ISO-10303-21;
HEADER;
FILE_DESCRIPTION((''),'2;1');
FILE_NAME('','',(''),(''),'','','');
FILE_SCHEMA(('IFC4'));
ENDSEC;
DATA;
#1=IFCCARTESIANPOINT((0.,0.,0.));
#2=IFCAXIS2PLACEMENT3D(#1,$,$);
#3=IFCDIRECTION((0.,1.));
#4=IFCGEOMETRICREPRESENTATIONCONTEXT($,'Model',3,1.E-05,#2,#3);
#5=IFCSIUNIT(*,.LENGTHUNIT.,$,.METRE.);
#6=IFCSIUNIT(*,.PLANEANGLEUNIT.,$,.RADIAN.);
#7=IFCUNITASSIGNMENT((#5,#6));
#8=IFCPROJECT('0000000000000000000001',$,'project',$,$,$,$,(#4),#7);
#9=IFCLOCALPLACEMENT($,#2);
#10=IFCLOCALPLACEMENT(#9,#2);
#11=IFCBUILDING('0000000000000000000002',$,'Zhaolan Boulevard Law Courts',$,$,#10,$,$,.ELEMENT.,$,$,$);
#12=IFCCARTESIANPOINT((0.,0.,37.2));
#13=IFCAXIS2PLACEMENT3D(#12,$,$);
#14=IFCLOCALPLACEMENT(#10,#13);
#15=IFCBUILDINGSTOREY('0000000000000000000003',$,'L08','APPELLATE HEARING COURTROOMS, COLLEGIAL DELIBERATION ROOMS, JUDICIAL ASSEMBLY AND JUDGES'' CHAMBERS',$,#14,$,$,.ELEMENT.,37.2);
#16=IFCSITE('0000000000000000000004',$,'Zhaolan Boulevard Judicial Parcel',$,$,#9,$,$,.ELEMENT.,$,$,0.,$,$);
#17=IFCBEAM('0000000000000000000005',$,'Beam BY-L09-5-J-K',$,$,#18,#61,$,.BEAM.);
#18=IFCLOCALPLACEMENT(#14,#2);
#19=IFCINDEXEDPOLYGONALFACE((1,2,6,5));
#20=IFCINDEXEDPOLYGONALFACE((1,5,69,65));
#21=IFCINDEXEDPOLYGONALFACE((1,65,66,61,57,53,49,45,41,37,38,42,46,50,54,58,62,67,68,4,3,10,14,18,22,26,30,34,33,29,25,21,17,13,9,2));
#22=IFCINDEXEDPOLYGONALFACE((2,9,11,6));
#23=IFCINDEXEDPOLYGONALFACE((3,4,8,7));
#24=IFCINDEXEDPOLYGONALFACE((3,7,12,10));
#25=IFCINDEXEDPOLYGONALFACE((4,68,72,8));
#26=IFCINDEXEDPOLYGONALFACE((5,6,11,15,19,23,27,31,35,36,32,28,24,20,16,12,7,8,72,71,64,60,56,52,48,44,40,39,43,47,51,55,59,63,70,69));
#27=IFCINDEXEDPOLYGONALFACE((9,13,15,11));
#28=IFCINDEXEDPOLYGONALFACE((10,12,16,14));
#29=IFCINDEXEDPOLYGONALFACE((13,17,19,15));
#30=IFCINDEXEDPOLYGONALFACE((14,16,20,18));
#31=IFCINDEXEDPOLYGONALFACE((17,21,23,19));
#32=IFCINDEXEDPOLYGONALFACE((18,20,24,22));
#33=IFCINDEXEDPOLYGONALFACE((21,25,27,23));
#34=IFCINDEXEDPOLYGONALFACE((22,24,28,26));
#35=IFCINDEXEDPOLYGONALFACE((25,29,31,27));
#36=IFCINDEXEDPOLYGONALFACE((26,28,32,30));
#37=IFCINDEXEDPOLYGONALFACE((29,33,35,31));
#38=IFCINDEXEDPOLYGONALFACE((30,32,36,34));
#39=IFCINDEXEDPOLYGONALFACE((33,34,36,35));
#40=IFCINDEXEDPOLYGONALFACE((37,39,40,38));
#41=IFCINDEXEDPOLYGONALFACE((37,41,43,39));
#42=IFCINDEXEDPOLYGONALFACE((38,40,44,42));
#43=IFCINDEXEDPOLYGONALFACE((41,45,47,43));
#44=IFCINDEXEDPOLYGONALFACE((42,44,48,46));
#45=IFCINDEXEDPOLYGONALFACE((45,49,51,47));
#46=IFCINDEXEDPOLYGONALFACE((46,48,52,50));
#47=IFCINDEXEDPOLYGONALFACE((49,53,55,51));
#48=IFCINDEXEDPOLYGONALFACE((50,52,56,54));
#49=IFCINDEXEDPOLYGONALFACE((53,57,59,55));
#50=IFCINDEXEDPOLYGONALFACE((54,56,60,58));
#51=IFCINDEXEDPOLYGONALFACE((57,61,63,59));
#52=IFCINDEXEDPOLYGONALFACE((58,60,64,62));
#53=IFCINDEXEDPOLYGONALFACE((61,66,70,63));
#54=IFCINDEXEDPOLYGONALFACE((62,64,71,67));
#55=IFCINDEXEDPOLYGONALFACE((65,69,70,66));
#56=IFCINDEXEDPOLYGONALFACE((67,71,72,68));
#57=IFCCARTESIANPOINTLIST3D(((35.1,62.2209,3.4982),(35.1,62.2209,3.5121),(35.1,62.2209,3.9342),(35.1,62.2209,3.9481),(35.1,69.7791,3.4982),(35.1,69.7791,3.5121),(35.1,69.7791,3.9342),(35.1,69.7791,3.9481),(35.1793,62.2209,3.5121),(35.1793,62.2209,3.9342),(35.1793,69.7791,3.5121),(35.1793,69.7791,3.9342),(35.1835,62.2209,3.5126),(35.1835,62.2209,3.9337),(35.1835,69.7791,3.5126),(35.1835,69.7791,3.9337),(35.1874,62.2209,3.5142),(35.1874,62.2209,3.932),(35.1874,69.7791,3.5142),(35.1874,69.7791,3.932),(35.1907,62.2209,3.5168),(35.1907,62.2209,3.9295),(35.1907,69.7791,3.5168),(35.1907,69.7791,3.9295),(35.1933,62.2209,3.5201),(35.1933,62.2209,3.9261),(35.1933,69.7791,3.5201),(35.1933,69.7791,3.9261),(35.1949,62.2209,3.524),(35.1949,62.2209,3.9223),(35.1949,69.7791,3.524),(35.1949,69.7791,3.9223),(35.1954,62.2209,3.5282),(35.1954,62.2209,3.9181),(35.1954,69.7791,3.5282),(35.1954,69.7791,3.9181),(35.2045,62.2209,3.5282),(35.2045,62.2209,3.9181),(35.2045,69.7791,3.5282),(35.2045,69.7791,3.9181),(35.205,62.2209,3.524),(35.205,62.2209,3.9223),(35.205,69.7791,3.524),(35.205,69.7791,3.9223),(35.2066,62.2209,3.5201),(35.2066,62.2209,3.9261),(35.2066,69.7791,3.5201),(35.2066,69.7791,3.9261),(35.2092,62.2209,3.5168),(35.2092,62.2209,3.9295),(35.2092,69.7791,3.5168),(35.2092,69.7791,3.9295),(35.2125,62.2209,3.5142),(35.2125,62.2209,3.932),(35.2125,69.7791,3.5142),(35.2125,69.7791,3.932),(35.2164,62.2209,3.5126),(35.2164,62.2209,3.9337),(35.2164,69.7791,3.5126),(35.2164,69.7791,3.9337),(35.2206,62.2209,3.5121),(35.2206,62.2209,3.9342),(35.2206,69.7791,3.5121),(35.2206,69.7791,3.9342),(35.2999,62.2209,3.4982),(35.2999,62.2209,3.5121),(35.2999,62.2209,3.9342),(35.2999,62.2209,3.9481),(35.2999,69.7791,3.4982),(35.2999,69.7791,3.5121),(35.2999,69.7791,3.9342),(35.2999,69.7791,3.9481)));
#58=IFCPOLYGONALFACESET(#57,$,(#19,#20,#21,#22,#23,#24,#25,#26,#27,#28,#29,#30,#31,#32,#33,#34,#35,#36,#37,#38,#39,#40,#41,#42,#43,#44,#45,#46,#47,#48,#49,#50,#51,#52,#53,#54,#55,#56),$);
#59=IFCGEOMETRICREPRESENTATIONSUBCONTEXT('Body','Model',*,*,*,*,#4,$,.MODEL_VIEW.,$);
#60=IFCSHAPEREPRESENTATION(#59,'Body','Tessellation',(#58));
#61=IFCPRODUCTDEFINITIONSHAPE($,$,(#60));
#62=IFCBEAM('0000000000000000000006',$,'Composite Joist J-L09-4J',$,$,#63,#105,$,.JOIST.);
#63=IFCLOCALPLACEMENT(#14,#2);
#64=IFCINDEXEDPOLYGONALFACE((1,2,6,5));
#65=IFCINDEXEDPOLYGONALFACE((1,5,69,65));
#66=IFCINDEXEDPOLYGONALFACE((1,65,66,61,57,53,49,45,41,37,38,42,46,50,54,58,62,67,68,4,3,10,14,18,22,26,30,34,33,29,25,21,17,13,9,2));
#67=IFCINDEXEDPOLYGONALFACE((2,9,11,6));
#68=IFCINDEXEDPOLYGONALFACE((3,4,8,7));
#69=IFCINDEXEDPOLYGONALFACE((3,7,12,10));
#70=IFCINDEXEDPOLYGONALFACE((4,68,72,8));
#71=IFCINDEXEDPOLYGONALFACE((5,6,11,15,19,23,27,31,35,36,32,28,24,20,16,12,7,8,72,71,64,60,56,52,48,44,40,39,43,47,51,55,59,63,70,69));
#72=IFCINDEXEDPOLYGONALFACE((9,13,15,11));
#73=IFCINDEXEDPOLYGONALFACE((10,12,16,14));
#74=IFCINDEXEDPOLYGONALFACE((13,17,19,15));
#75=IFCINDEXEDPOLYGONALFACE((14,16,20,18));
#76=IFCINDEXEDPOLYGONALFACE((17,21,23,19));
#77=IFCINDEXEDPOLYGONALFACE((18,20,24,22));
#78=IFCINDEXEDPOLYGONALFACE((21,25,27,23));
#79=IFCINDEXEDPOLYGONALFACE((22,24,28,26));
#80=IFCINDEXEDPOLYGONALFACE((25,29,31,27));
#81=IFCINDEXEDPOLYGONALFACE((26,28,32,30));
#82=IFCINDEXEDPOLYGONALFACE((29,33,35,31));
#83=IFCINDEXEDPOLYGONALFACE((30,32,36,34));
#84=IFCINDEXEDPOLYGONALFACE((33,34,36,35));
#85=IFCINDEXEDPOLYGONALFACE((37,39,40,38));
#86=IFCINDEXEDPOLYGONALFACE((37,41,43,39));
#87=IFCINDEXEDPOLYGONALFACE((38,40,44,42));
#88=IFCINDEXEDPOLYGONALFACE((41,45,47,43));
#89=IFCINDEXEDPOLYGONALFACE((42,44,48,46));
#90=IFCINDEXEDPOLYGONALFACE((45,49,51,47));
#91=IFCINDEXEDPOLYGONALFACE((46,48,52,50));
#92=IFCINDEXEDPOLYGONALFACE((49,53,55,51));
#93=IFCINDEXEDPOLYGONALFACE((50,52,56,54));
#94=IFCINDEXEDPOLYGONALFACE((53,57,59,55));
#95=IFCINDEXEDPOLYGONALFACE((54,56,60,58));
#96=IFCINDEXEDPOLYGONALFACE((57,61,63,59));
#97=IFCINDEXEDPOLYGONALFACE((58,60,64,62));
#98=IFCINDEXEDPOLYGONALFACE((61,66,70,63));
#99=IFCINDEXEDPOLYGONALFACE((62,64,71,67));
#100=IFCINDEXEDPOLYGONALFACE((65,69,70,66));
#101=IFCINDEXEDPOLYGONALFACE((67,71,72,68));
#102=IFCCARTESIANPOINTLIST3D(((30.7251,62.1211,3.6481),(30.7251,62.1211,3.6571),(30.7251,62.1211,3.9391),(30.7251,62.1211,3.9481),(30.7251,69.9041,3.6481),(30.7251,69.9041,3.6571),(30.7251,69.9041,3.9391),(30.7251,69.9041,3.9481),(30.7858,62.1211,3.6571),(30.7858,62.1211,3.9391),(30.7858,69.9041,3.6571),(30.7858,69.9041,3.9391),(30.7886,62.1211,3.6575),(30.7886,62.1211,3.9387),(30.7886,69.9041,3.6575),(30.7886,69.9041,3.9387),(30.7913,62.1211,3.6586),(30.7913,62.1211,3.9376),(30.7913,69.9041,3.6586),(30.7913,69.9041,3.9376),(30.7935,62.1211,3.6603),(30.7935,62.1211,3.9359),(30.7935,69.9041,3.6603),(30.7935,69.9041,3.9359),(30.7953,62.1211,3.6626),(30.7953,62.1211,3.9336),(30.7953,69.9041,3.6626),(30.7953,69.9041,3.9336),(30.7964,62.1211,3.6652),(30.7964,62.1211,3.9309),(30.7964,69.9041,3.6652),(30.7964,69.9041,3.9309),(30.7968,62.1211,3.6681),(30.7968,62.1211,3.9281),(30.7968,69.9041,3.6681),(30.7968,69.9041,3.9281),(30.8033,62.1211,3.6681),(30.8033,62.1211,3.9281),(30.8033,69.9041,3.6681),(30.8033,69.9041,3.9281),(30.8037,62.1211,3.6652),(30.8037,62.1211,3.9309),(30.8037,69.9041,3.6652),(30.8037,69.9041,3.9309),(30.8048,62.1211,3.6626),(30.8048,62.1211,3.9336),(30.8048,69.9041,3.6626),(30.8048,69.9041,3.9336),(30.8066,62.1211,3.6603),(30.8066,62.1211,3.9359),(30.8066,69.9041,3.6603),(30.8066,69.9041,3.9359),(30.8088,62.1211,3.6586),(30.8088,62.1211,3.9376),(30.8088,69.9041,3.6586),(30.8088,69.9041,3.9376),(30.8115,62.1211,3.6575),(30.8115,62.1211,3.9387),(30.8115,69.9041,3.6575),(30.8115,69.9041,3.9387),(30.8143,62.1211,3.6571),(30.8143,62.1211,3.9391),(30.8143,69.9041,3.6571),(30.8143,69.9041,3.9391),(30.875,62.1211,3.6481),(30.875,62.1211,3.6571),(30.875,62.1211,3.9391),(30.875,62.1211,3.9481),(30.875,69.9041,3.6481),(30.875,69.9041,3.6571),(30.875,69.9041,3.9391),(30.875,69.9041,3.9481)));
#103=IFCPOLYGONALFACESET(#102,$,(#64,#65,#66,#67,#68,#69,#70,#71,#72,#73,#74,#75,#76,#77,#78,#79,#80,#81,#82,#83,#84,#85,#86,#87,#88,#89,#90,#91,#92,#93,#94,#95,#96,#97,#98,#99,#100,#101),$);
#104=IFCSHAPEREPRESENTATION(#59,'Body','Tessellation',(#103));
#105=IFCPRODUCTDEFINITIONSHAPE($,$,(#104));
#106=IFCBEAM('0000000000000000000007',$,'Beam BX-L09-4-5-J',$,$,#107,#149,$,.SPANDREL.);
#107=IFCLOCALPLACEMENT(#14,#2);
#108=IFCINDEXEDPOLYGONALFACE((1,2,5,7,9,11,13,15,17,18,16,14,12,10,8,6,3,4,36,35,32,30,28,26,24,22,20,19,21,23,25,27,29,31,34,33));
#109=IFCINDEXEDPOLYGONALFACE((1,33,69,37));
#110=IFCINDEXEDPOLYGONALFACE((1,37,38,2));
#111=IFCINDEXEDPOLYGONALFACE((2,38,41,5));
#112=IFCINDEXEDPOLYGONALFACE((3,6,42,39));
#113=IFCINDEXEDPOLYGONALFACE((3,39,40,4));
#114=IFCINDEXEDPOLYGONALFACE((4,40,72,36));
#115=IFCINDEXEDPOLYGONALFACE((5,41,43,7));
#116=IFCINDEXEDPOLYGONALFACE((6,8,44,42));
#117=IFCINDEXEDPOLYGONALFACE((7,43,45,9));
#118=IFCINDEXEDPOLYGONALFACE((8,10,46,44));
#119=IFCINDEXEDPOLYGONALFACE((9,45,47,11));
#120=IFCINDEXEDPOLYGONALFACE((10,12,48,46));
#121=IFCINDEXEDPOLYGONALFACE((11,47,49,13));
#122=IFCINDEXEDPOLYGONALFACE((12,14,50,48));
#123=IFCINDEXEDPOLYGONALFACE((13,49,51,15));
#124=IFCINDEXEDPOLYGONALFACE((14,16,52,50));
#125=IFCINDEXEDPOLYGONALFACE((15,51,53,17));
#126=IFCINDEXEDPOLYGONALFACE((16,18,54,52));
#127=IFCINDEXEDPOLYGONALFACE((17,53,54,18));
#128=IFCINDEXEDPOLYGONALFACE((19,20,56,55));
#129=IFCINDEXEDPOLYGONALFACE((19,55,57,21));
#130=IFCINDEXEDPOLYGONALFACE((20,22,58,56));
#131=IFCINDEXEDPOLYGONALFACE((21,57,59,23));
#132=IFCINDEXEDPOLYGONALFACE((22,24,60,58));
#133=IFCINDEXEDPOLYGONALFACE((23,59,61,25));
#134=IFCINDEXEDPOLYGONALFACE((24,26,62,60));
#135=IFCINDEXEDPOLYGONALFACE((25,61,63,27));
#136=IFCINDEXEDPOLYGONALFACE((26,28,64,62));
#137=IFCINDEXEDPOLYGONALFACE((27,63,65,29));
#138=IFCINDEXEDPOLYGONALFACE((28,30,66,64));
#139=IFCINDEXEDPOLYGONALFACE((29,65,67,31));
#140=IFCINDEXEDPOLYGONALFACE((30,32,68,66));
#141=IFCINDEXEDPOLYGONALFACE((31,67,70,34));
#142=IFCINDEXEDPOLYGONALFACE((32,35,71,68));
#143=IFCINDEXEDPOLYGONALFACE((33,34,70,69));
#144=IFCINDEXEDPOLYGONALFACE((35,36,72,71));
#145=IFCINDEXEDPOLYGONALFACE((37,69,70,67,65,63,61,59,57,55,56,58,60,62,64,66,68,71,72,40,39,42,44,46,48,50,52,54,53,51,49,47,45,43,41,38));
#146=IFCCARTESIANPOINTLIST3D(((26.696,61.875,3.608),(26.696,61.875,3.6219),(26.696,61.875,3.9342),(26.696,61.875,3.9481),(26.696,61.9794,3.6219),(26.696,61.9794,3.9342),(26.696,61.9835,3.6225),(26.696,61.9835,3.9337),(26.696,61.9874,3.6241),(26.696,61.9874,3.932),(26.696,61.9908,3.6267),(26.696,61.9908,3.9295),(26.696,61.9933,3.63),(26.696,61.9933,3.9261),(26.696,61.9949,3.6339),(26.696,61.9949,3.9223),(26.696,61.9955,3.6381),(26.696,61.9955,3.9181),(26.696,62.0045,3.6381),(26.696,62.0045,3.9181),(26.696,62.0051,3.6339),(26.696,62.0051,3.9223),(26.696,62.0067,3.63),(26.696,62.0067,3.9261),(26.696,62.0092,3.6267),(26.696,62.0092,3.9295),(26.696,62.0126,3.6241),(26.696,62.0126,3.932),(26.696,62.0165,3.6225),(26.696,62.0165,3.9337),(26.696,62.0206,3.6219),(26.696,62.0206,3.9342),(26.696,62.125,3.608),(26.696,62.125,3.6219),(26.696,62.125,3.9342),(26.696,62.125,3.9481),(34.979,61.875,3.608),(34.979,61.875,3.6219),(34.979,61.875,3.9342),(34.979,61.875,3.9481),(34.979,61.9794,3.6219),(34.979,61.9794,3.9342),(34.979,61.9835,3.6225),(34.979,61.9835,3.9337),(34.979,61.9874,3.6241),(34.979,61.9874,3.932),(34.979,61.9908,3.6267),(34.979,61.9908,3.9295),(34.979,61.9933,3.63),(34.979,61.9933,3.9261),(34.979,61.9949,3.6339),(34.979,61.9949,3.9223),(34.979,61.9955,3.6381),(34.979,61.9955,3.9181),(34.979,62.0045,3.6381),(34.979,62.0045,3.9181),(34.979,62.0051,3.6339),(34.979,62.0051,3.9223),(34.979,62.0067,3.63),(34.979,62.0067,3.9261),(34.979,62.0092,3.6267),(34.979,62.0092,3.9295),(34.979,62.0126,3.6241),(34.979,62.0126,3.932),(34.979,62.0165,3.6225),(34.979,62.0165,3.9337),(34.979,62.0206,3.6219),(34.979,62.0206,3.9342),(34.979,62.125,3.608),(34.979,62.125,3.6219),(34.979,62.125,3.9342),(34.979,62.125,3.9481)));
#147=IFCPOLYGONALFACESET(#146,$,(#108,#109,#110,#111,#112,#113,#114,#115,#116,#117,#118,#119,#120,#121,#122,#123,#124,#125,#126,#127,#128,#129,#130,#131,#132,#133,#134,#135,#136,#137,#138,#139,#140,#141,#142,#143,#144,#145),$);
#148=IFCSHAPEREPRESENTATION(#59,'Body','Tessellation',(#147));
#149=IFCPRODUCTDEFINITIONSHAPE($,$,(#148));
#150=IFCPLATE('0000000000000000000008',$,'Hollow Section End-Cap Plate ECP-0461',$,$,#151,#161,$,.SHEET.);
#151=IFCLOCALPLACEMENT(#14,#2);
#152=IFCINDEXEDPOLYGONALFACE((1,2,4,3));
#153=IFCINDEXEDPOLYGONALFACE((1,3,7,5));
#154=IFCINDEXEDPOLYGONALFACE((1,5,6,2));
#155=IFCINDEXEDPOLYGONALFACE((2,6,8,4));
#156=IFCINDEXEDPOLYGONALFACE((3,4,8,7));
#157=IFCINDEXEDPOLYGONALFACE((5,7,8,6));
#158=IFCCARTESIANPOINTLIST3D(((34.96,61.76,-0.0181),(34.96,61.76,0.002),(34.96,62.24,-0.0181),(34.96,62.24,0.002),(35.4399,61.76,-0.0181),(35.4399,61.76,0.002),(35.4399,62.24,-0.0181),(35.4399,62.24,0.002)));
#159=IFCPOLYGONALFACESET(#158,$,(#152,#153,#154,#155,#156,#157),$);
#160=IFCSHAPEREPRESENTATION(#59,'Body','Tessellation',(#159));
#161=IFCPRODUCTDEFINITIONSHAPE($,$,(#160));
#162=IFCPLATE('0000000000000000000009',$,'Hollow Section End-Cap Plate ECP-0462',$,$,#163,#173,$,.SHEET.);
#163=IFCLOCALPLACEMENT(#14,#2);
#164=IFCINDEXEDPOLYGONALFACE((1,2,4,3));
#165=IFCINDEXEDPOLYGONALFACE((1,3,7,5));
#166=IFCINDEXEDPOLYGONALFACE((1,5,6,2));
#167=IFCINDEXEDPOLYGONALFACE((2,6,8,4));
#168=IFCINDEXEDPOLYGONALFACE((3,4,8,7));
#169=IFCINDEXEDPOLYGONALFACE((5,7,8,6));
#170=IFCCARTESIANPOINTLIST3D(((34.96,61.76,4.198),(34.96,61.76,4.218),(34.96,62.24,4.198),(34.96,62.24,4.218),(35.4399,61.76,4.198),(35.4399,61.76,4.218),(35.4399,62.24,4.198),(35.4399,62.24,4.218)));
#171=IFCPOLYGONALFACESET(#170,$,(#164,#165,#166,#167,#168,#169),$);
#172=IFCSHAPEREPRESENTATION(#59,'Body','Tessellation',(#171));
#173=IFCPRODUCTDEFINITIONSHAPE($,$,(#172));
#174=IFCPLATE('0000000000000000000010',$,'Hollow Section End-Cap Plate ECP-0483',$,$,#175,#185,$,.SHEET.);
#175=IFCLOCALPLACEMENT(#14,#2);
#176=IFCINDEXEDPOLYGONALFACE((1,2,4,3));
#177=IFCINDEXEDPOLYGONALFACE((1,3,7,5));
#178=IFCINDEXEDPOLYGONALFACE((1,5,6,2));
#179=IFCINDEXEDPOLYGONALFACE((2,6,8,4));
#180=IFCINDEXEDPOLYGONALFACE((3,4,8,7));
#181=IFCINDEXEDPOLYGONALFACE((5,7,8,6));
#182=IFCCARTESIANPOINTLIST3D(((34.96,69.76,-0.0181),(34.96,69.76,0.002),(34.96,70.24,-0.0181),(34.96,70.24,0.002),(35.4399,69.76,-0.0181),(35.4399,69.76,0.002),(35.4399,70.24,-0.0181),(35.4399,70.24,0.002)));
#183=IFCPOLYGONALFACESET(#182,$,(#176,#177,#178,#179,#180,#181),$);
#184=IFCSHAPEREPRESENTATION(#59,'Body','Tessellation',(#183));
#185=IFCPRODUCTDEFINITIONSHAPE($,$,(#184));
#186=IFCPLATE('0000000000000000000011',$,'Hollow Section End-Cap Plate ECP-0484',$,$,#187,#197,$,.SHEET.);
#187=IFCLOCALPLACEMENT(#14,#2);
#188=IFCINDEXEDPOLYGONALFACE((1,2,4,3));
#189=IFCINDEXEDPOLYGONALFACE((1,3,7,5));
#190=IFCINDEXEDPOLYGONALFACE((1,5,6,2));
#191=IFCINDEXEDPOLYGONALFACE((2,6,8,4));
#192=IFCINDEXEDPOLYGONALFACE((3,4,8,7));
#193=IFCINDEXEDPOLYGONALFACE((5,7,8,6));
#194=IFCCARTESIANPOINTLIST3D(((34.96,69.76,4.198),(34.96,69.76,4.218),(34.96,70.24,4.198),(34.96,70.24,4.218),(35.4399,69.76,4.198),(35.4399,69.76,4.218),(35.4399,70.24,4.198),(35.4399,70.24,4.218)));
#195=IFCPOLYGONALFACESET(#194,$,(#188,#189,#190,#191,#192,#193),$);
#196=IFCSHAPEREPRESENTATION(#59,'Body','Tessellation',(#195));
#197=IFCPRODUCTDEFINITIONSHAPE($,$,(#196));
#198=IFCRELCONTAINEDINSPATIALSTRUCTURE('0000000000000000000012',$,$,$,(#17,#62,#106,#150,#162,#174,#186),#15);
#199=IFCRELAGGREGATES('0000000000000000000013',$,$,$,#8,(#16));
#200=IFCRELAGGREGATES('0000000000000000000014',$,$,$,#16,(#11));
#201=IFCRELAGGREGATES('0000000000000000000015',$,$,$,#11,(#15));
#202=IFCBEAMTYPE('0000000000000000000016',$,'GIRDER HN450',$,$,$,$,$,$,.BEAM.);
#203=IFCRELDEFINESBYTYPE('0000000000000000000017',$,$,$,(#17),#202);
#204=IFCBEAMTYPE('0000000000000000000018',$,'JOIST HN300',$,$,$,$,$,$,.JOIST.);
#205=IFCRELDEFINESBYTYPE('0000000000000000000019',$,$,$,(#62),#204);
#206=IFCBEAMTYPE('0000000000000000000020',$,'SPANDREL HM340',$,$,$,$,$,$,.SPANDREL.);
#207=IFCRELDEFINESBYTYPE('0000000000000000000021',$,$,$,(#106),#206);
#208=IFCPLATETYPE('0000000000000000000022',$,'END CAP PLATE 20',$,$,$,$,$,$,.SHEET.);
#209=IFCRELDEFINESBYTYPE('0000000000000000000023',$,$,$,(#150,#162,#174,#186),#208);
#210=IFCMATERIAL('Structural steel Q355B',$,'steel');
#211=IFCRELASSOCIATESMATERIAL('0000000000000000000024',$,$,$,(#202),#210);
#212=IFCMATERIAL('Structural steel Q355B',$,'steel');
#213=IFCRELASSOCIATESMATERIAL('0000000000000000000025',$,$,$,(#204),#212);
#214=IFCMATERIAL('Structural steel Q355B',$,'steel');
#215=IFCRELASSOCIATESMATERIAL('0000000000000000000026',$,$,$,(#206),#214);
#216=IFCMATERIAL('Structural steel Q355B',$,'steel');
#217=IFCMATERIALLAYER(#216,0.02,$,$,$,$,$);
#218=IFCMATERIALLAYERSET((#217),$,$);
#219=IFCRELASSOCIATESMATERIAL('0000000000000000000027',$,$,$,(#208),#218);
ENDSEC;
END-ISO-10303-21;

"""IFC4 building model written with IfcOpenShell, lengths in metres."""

from ifc_helpers import new_model, si_unit, direction, frame, origin, origin_2d, place, context, subcontext, project, spatial, rectangle, i_section, extrude, material, layer, layer_set, material_profile, profile_set, type_object, element, save


model = new_model("IFC4")

# Units and contexts
model_context = context("Model", 3, precision=1e-05, world=origin(), true_north=direction((0.0, 1.0)))
body_context = subcontext(model_context, "Body", "Model", "MODEL_VIEW")
ifc_project = project(units=[si_unit("LENGTHUNIT", "METRE"), si_unit("PLANEANGLEUNIT", "RADIAN")], contexts=[model_context])

# Site, building, storey
site_placement = place(None, origin())
site = spatial("IfcSite", under=ifc_project, at=site_placement, Name="Zhaolan Boulevard Judicial Parcel", CompositionType="ELEMENT", RefElevation=0.0)
building_placement = place(site_placement, origin())
building = spatial("IfcBuilding", under=site, at=building_placement, Name="Zhaolan Boulevard Law Courts", CompositionType="ELEMENT")
storey_placement = place(building_placement, frame((0.0, 0.0, 37.2)))
storey = spatial("IfcBuildingStorey", under=building, at=storey_placement, Name="L08", Description="APPELLATE HEARING COURTROOMS, COLLEGIAL DELIBERATION ROOMS, JUDICIAL ASSEMBLY AND JUDGES' CHAMBERS", CompositionType="ELEMENT", Elevation=37.2)

# Beams
ifc_material_1 = material(Name="Structural steel Q355B", Category="steel")
ifc_material_profile_1 = material_profile(ifc_material_1, i_section(OverallWidth=0.2, OverallDepth=0.45, WebThickness=0.009, FlangeThickness=0.0139, FilletRadius=0.0161, at=origin_2d()), Name="HN450x200")
ifc_profile_set_1 = profile_set([ifc_material_profile_1], Name="Structural steel Q355B")
beam_type_1 = type_object("IfcBeamType", Name="GIRDER HN450", PredefinedType="BEAM", material=ifc_profile_set_1)
beam_1_placement = place(storey_placement, frame((35.2, 62.2209, 3.7231), z_axis=(0.0, 1.0, 0.0), x_axis=(-1.0, 0.0, 0.0)))
element("IfcBeam", 1, at=beam_1_placement, inside=storey, type_object=beam_type_1, Name="Beam BY-L09-5-J-K", PredefinedType="BEAM", context=body_context, shape_type="SweptSolid", body=[
    extrude(i_section(OverallWidth=0.2, OverallDepth=0.45, WebThickness=0.009, FlangeThickness=0.0139, FilletRadius=0.0161, at=origin_2d()), origin(), (0.0, 0.0, 1.0), 7.5581),
])
ifc_material_2 = material(Name="Structural steel Q355B", Category="steel")
ifc_material_profile_2 = material_profile(ifc_material_2, i_section(OverallWidth=0.1499, OverallDepth=0.3, WebThickness=0.0066, FlangeThickness=0.009, FilletRadius=0.011, at=origin_2d()), Name="HN300x150")
ifc_profile_set_2 = profile_set([ifc_material_profile_2], Name="Structural steel Q355B")
beam_type_2 = type_object("IfcBeamType", Name="JOIST HN300", PredefinedType="JOIST", material=ifc_profile_set_2)
beam_2_placement = place(storey_placement, frame((30.8, 62.1211, 3.7981), z_axis=(0.0, 1.0, 0.0), x_axis=(-1.0, 0.0, 0.0)))
element("IfcBeam", 2, at=beam_2_placement, inside=storey, type_object=beam_type_2, Name="Composite Joist J-L09-4J", PredefinedType="JOIST", context=body_context, shape_type="SweptSolid", body=[
    extrude(i_section(OverallWidth=0.1499, OverallDepth=0.3, WebThickness=0.0066, FlangeThickness=0.009, FilletRadius=0.011, at=origin_2d()), origin(), (0.0, 0.0, 1.0), 7.783),
])
ifc_material_3 = material(Name="Structural steel Q355B", Category="steel")
ifc_material_profile_3 = material_profile(ifc_material_3, i_section(OverallWidth=0.25, OverallDepth=0.3401, WebThickness=0.009, FlangeThickness=0.0139, FilletRadius=0.0161, at=origin_2d()), Name="HM340x250")
ifc_profile_set_3 = profile_set([ifc_material_profile_3], Name="Structural steel Q355B")
beam_type_3 = type_object("IfcBeamType", Name="SPANDREL HM340", PredefinedType="SPANDREL", material=ifc_profile_set_3)
beam_3_placement = place(storey_placement, frame((26.696, 62.0, 3.7781), z_axis=(1.0, 0.0, 0.0), x_axis=(0.0, 1.0, 0.0)))
element("IfcBeam", 3, at=beam_3_placement, inside=storey, type_object=beam_type_3, Name="Beam BX-L09-4-5-J", PredefinedType="SPANDREL", context=body_context, shape_type="SweptSolid", body=[
    extrude(i_section(OverallWidth=0.25, OverallDepth=0.3401, WebThickness=0.009, FlangeThickness=0.0139, FilletRadius=0.0161, at=origin_2d()), origin(), (0.0, 0.0, 1.0), 8.283),
])

# Plates
ifc_material_4 = material(Name="Structural steel Q355B", Category="steel")
ifc_layer_1 = layer(ifc_material_4, 0.02)
ifc_layer_set_1 = layer_set([ifc_layer_1])
plate_type = type_object("IfcPlateType", Name="END CAP PLATE 20", PredefinedType="SHEET", material=ifc_layer_set_1)
for number, where, z_axis, x_axis, name in (
    (4, (35.2, 62.0, -0.0181), (0.0, 0.0, 1.0), (1.0, 0.0, 0.0), "Hollow Section End-Cap Plate ECP-0461"),
    (5, (35.2, 62.0, 4.198), (0.0, 0.0, 1.0), (1.0, 0.0, 0.0), "Hollow Section End-Cap Plate ECP-0462"),
    (6, (35.2, 70.0, -0.0181), (0.0, 0.0, 1.0), (1.0, 0.0, 0.0), "Hollow Section End-Cap Plate ECP-0483"),
    (7, (35.2, 70.0, 4.198), (0.0, 0.0, 1.0), (1.0, 0.0, 0.0), "Hollow Section End-Cap Plate ECP-0484"),
):
    element("IfcPlate", number, at=place(storey_placement, frame(where, z_axis=z_axis, x_axis=x_axis)), inside=storey, type_object=plate_type, Name=name, PredefinedType="SHEET", context=body_context, shape_type="SweptSolid", body=[
        extrude(rectangle(XDim=0.48, YDim=0.48, at=origin_2d()), origin(), (0.0, 0.0, 1.0), 0.02),
    ])

save(model, "model.ifc")
